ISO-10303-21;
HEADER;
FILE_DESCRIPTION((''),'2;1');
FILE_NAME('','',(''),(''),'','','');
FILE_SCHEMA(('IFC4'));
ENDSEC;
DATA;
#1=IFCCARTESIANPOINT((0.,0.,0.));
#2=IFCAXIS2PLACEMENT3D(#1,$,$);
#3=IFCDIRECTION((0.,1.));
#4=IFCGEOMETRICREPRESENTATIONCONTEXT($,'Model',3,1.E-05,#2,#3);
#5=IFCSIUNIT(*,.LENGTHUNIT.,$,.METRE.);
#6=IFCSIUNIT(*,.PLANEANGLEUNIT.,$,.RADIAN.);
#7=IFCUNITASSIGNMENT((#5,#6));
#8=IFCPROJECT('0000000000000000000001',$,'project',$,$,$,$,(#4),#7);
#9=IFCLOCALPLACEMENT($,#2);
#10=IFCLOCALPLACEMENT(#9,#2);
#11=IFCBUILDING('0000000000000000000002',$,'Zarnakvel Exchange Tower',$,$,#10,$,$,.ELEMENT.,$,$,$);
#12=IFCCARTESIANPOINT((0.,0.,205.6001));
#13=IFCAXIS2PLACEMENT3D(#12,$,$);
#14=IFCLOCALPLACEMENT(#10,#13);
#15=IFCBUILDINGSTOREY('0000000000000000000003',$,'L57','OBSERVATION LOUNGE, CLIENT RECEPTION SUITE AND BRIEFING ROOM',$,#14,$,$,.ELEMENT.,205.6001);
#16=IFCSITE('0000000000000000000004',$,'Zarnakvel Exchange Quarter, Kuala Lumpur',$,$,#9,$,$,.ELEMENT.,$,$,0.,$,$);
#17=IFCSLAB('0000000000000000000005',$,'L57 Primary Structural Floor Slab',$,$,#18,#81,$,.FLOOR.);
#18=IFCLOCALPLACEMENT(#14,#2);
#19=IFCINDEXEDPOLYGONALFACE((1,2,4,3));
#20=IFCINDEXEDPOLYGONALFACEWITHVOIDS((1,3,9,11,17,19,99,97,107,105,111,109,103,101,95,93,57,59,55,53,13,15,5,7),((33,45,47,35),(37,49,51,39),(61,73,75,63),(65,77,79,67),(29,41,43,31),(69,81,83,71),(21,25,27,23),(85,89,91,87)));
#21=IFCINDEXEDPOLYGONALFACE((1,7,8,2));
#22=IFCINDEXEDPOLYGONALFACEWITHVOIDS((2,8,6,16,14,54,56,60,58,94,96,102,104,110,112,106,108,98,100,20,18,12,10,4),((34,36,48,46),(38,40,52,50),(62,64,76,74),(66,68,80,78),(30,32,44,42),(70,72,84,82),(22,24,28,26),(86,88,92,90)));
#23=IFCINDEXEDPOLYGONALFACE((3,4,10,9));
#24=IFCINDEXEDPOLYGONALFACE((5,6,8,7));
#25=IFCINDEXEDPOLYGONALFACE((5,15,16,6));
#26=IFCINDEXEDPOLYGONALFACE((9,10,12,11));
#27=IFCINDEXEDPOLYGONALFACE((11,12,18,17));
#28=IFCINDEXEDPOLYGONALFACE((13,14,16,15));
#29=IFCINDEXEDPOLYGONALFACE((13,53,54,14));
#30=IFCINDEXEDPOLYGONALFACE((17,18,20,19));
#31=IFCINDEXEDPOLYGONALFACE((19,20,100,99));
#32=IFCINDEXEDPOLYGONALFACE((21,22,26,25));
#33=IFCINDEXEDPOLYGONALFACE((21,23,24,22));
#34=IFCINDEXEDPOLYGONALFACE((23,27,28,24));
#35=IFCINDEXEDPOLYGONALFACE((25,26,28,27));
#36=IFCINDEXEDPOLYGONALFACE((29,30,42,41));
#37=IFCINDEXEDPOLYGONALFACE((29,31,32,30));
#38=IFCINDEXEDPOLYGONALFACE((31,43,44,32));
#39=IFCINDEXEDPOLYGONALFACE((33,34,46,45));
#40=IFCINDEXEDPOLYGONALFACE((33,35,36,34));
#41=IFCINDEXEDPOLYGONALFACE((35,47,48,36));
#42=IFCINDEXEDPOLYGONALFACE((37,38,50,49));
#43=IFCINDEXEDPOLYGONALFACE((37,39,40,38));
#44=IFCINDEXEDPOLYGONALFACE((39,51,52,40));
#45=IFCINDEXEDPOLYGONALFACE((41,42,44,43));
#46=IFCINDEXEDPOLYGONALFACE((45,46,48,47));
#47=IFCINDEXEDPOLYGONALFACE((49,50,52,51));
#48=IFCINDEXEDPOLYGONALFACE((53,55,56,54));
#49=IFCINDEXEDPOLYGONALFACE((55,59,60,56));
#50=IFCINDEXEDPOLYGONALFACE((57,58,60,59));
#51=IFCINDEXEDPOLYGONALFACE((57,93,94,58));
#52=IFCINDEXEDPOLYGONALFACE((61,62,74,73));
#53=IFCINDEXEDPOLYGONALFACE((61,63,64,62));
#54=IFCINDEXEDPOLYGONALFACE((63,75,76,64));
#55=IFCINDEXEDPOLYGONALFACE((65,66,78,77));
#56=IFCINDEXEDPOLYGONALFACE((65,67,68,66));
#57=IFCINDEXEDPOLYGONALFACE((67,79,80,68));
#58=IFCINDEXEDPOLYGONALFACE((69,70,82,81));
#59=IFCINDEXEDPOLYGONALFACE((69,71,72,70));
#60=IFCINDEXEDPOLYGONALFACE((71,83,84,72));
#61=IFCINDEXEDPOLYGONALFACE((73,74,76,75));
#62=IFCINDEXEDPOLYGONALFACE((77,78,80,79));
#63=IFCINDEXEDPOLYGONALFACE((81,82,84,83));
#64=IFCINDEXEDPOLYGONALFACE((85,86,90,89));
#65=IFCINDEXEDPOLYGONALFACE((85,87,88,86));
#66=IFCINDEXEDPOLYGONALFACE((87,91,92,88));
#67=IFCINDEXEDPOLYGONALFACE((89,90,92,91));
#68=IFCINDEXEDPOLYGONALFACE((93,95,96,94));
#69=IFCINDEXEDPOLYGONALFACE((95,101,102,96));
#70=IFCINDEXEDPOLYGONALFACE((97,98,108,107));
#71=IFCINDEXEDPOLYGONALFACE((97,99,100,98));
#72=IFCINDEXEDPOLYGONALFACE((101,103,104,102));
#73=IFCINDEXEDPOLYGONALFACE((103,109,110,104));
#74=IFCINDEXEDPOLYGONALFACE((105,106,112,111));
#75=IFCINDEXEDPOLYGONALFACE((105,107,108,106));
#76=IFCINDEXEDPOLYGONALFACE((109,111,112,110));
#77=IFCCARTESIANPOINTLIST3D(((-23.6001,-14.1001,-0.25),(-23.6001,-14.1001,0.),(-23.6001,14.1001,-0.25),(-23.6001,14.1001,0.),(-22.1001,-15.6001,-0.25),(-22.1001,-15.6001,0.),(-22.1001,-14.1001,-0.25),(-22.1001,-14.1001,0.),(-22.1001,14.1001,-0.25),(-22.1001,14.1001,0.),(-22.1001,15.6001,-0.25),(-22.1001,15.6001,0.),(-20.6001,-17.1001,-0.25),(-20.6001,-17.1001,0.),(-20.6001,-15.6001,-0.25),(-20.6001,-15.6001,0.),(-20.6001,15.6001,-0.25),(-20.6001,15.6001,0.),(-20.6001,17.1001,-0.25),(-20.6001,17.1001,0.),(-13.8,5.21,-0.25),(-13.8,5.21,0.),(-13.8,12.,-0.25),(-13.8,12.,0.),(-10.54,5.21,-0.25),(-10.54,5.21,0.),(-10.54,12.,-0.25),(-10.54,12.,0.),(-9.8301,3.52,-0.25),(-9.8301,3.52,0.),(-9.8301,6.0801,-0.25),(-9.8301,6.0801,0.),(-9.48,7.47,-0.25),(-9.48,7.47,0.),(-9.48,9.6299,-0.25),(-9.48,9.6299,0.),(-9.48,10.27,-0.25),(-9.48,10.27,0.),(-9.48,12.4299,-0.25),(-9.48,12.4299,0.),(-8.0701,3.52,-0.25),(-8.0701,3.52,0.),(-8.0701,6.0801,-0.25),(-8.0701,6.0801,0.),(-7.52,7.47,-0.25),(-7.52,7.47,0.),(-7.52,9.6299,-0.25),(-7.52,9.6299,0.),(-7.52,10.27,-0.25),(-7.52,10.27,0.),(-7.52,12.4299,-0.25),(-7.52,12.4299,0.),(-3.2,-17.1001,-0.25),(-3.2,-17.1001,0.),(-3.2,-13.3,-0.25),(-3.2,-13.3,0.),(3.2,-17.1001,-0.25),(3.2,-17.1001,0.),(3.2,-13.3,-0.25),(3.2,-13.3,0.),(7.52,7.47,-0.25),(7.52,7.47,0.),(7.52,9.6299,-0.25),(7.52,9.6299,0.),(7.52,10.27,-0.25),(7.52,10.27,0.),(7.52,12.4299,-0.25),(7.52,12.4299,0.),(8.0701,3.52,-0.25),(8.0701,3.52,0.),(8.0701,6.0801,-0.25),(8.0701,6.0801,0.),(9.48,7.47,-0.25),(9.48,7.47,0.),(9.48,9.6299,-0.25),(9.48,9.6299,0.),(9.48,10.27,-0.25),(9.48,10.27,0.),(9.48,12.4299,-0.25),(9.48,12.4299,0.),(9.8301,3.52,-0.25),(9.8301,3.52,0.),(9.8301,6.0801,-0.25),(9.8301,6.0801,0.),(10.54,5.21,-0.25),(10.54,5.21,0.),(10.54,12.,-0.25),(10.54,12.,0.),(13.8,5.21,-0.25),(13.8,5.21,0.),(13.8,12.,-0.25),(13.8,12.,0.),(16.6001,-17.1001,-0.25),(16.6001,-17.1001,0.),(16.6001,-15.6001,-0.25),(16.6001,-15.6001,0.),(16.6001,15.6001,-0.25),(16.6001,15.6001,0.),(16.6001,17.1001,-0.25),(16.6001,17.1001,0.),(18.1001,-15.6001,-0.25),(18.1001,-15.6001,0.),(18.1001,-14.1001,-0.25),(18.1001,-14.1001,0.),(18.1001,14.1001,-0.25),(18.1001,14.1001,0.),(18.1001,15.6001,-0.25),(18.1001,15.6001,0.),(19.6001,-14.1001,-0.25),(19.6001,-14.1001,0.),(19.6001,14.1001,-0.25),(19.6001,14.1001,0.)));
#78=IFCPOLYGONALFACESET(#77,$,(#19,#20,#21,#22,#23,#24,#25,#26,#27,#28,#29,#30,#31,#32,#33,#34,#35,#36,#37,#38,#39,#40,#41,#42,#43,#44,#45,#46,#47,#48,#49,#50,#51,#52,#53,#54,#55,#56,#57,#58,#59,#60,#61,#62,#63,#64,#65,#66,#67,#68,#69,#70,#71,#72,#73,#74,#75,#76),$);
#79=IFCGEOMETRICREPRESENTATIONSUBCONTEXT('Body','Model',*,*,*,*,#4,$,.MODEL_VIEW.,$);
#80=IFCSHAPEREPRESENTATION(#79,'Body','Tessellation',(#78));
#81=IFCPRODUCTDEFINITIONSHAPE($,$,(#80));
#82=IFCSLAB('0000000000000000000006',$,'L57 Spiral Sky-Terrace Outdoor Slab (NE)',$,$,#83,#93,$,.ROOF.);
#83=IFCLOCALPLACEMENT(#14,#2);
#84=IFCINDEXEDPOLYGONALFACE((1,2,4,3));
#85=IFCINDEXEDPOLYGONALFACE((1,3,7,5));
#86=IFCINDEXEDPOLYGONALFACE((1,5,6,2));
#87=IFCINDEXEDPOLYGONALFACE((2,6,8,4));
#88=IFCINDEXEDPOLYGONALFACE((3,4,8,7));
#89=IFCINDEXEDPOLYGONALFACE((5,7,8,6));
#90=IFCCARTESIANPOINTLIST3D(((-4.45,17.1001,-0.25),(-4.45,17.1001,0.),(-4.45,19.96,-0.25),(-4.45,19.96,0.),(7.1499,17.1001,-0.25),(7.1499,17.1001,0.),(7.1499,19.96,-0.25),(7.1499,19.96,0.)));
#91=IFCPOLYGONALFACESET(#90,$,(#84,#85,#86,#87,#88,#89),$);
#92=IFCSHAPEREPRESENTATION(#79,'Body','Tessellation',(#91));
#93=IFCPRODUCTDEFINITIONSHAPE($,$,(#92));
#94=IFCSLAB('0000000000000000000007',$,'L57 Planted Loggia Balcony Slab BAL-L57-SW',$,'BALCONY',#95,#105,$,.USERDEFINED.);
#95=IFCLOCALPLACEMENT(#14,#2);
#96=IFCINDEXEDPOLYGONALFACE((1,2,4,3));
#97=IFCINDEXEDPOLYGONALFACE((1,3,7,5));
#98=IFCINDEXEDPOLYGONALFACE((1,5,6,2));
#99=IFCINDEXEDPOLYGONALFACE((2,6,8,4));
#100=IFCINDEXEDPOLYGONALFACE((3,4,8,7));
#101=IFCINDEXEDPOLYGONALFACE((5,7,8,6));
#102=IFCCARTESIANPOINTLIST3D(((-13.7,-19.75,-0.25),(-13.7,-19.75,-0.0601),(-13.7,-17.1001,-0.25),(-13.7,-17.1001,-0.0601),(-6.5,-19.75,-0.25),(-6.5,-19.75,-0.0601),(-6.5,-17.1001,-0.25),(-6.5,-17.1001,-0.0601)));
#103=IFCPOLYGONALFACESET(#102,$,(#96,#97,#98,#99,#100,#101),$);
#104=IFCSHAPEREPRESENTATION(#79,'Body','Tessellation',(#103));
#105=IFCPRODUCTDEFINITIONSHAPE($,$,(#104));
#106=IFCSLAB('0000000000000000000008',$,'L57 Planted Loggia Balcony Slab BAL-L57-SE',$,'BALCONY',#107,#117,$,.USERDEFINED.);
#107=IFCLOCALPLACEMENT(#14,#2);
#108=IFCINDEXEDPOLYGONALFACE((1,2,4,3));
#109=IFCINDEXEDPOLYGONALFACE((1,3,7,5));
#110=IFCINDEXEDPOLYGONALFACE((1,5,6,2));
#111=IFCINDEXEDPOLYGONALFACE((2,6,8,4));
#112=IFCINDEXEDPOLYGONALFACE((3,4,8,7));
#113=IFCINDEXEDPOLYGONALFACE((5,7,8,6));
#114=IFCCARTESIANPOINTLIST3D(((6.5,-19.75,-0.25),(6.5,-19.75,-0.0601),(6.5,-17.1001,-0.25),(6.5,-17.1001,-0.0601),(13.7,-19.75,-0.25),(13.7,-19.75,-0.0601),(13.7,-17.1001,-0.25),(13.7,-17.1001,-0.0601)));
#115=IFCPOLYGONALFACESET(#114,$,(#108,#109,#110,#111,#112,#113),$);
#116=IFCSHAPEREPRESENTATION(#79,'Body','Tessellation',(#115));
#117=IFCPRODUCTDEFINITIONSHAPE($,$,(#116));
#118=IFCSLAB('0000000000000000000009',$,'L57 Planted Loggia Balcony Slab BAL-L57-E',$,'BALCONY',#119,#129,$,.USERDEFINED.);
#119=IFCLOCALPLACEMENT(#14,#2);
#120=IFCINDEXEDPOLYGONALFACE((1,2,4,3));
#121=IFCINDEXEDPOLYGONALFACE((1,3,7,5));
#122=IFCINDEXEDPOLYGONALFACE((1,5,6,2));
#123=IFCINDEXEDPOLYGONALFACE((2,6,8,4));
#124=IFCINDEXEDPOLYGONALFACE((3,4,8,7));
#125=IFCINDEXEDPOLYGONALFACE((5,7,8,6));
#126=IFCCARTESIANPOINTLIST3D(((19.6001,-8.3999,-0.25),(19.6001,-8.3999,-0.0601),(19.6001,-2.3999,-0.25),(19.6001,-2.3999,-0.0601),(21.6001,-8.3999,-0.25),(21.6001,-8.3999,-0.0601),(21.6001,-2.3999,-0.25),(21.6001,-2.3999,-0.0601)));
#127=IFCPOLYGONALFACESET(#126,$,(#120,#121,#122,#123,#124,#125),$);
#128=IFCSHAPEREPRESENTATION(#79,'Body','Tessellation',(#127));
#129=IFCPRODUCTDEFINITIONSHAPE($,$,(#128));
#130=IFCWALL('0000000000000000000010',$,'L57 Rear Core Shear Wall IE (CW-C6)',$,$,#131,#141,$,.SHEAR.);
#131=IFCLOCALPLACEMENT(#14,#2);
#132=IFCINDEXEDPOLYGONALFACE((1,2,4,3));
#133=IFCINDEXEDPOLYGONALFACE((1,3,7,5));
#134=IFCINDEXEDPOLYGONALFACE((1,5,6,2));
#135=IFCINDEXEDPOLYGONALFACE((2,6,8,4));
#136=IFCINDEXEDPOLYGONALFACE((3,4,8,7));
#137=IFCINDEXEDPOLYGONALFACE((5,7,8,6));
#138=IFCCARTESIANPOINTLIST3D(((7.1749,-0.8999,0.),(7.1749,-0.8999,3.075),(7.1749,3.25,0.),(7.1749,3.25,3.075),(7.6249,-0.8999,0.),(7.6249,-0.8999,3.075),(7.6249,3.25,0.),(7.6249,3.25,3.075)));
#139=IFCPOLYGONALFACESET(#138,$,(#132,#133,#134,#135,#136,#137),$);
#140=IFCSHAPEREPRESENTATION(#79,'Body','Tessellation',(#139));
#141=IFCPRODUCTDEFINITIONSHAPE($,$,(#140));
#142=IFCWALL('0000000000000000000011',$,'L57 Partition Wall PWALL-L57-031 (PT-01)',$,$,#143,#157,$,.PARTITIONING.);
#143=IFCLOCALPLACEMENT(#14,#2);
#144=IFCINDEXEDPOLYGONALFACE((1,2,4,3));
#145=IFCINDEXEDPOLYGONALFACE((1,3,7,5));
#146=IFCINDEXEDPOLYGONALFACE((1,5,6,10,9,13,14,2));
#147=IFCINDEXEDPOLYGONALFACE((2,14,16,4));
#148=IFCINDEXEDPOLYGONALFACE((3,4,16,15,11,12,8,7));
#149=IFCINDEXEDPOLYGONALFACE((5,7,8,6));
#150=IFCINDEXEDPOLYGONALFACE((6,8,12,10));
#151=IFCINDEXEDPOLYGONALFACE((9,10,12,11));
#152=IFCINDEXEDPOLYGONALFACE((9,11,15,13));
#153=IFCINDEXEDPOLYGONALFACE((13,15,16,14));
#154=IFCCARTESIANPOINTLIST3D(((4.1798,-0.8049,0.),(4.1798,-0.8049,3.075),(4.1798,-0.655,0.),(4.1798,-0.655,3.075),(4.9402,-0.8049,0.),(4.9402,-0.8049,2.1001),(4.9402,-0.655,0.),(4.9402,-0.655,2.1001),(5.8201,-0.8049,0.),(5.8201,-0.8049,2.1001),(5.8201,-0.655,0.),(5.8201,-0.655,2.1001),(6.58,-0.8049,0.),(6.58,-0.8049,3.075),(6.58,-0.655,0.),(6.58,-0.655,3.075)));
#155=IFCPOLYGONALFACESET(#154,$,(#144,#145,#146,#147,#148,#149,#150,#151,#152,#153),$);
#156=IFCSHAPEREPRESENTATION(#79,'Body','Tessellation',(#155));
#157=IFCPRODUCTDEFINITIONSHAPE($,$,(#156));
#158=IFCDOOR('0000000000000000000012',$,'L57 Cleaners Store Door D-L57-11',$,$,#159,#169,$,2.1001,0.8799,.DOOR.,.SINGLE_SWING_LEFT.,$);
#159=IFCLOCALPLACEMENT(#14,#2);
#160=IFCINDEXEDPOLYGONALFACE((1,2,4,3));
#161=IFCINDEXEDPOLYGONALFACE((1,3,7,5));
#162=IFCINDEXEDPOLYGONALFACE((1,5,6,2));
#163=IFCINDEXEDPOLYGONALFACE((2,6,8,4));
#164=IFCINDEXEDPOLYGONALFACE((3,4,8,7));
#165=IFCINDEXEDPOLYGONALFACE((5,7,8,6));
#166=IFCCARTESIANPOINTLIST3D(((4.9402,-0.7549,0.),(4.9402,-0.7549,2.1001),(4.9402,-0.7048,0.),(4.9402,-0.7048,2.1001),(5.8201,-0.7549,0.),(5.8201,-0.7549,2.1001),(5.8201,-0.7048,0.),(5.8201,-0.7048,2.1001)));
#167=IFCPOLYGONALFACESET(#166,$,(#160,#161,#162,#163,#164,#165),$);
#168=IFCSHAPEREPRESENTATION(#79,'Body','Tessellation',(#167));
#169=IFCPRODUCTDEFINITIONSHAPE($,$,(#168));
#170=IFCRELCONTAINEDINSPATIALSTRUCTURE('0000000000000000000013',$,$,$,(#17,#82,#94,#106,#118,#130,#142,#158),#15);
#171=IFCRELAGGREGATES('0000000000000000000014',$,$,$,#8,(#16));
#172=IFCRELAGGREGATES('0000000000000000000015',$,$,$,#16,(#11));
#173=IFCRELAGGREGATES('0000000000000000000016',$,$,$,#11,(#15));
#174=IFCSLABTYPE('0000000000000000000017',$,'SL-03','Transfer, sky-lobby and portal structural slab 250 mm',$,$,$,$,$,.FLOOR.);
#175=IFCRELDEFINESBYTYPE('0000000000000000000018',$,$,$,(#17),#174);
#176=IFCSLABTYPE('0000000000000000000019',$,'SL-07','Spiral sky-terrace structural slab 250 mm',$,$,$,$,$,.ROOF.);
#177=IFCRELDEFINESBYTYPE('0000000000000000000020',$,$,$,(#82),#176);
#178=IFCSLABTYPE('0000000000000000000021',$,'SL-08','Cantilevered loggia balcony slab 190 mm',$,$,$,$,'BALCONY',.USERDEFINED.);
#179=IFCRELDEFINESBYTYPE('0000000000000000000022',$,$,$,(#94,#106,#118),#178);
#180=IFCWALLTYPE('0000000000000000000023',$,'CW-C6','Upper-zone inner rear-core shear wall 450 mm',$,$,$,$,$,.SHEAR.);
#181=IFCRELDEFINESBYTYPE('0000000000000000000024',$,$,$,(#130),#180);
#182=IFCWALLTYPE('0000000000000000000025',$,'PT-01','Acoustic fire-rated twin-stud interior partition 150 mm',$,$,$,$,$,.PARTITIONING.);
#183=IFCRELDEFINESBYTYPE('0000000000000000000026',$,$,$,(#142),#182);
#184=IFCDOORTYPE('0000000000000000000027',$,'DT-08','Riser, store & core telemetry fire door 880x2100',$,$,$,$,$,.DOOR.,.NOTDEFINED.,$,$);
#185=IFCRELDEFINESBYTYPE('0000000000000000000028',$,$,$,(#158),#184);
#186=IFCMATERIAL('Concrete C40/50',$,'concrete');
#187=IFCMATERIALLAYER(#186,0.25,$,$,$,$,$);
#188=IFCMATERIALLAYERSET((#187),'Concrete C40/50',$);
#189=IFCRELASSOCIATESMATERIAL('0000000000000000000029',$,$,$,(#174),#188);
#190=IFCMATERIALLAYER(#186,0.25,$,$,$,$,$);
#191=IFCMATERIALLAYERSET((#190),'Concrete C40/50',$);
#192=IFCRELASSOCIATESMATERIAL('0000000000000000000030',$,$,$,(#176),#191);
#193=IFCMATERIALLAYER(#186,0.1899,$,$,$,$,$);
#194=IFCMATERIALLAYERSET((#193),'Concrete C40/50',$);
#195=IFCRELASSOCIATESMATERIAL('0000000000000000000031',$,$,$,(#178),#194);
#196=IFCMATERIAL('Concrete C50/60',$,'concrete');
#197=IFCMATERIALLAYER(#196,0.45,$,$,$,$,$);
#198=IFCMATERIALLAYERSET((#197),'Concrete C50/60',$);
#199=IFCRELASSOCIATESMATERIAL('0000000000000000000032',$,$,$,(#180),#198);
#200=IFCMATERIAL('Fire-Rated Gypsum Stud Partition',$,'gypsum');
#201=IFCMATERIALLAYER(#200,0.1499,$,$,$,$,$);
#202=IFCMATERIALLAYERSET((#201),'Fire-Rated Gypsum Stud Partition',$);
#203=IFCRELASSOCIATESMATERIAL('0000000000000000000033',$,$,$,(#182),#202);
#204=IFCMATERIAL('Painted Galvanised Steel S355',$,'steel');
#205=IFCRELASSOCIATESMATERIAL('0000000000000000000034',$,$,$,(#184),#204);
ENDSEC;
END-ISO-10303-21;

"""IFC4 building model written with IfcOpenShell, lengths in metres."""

from ifc_helpers import new_model, si_unit, direction, frame, frame_2d, origin, place, context, subcontext, project, spatial, polyline, rectangle, outline, extrude, source, transform, mapped, material, layer, layer_set, type_object, element, fill, save


model = new_model("IFC4")

# Units and contexts
model_context = context("Model", 3, precision=1e-05, world=origin(), true_north=direction((0.0, 1.0)))
body_context = subcontext(model_context, "Body", "Model", "MODEL_VIEW")
ifc_project = project(units=[si_unit("LENGTHUNIT", "METRE"), si_unit("PLANEANGLEUNIT", "RADIAN")], contexts=[model_context])

# Site, building, storey
site_placement = place(None, origin())
site = spatial("IfcSite", under=ifc_project, at=site_placement, Name="Zarnakvel Exchange Quarter, Kuala Lumpur", CompositionType="ELEMENT", RefElevation=0.0)
building_placement = place(site_placement, origin())
building = spatial("IfcBuilding", under=site, at=building_placement, Name="Zarnakvel Exchange Tower", CompositionType="ELEMENT")
storey_placement = place(building_placement, frame((0.0, 0.0, 205.6001)))
storey = spatial("IfcBuildingStorey", under=building, at=storey_placement, Name="L57", Description="OBSERVATION LOUNGE, CLIENT RECEPTION SUITE AND BRIEFING ROOM", CompositionType="ELEMENT", Elevation=205.6001)

# Shared definitions
ifc_material_1 = material(Name="Concrete C50/60", Category="concrete")

# Shared definitions
ifc_material_2 = material(Name="Concrete C40/50", Category="concrete")

# Slabs
ifc_layer_1 = layer(ifc_material_2, 0.25)
ifc_layer_set_1 = layer_set([ifc_layer_1], Name="Concrete C40/50")
slab_type_1 = type_object("IfcSlabType", Name="SL-03", Description="Transfer, sky-lobby and portal structural slab 250 mm", PredefinedType="FLOOR", material=ifc_layer_set_1)
slab_1_placement = place(storey_placement, frame((0.0, 0.0, -0.25)))
element("IfcSlab", 1, at=slab_1_placement, inside=storey, type_object=slab_type_1, Name="L57 Primary Structural Floor Slab", PredefinedType="FLOOR", context=body_context, shape_type="SweptSolid", body=[
    extrude(outline(polyline([(-23.6001, -14.1001), (-22.1001, -14.1001), (-22.1001, -15.6001), (-20.6001, -15.6001), (-20.6001, -17.1001), (-3.2, -17.1001), (-3.2, -13.3), (3.2, -13.3), (3.2, -17.1001), (16.6001, -17.1001), (16.6001, -15.6001), (18.1001, -15.6001), (18.1001, -14.1001), (19.6001, -14.1001), (19.6001, 14.1001), (18.1001, 14.1001), (18.1001, 15.6001), (16.6001, 15.6001), (16.6001, 17.1001), (-20.6001, 17.1001), (-20.6001, 15.6001), (-22.1001, 15.6001), (-22.1001, 14.1001), (-23.6001, 14.1001), (-23.6001, -14.1001)]), holes=[polyline([(-13.8, 5.21), (-10.54, 5.21), (-10.54, 12.0), (-13.8, 12.0), (-13.8, 5.21)]), polyline([(10.54, 5.21), (13.8, 5.21), (13.8, 12.0), (10.54, 12.0), (10.54, 5.21)]), polyline([(-9.8301, 3.52), (-8.0701, 3.52), (-8.0701, 6.0801), (-9.8301, 6.0801), (-9.8301, 3.52)]), polyline([(8.0701, 3.52), (9.8301, 3.52), (9.8301, 6.0801), (8.0701, 6.0801), (8.0701, 3.52)]), polyline([(-9.48, 7.47), (-7.52, 7.47), (-7.52, 9.6299), (-9.48, 9.6299), (-9.48, 7.47)]), polyline([(-9.48, 10.27), (-7.52, 10.27), (-7.52, 12.4299), (-9.48, 12.4299), (-9.48, 10.27)]), polyline([(7.52, 7.47), (9.48, 7.47), (9.48, 9.6299), (7.52, 9.6299), (7.52, 7.47)]), polyline([(7.52, 10.27), (9.48, 10.27), (9.48, 12.4299), (7.52, 12.4299), (7.52, 10.27)])]), origin(), (0.0, 0.0, 1.0), 0.25),
])
ifc_layer_2 = layer(ifc_material_2, 0.25)
ifc_layer_set_2 = layer_set([ifc_layer_2], Name="Concrete C40/50")
slab_type_2 = type_object("IfcSlabType", Name="SL-07", Description="Spiral sky-terrace structural slab 250 mm", PredefinedType="ROOF", material=ifc_layer_set_2)
slab_2_placement = place(storey_placement, frame((0.0, 0.0, -0.25)))
element("IfcSlab", 2, at=slab_2_placement, inside=storey, type_object=slab_type_2, Name="L57 Spiral Sky-Terrace Outdoor Slab (NE)", PredefinedType="ROOF", context=body_context, shape_type="SweptSolid", body=[
    extrude(outline(polyline([(-4.45, 17.1001), (7.1499, 17.1001), (7.1499, 19.96), (-4.45, 19.96), (-4.45, 17.1001)])), origin(), (0.0, 0.0, 1.0), 0.25),
])
ifc_layer_3 = layer(ifc_material_2, 0.1899)
ifc_layer_set_3 = layer_set([ifc_layer_3], Name="Concrete C40/50")
slab_type_3 = type_object("IfcSlabType", Name="SL-08", Description="Cantilevered loggia balcony slab 190 mm", ElementType="BALCONY", PredefinedType="USERDEFINED", material=ifc_layer_set_3)
slab_3_placement = place(storey_placement, frame((0.0, 0.0, -0.25)))
element("IfcSlab", 3, at=slab_3_placement, inside=storey, type_object=slab_type_3, Name="L57 Planted Loggia Balcony Slab BAL-L57-SW", ObjectType="BALCONY", PredefinedType="USERDEFINED", context=body_context, shape_type="SweptSolid", body=[
    extrude(outline(polyline([(-13.7, -19.75), (-6.5, -19.75), (-6.5, -17.1001), (-13.7, -17.1001), (-13.7, -19.75)])), origin(), (0.0, 0.0, 1.0), 0.1899),
])
slab_4_placement = place(storey_placement, frame((0.0, 0.0, -0.25)))
element("IfcSlab", 4, at=slab_4_placement, inside=storey, type_object=slab_type_3, Name="L57 Planted Loggia Balcony Slab BAL-L57-SE", ObjectType="BALCONY", PredefinedType="USERDEFINED", context=body_context, shape_type="SweptSolid", body=[
    extrude(outline(polyline([(6.5, -19.75), (13.7, -19.75), (13.7, -17.1001), (6.5, -17.1001), (6.5, -19.75)])), origin(), (0.0, 0.0, 1.0), 0.1899),
])
slab_5_placement = place(storey_placement, frame((0.0, 0.0, -0.25)))
element("IfcSlab", 5, at=slab_5_placement, inside=storey, type_object=slab_type_3, Name="L57 Planted Loggia Balcony Slab BAL-L57-E", ObjectType="BALCONY", PredefinedType="USERDEFINED", context=body_context, shape_type="SweptSolid", body=[
    extrude(outline(polyline([(19.6001, -8.3999), (21.6001, -8.3999), (21.6001, -2.3999), (19.6001, -2.3999), (19.6001, -8.3999)])), origin(), (0.0, 0.0, 1.0), 0.1899),
])

# Wall
ifc_layer_4 = layer(ifc_material_1, 0.45)
ifc_layer_set_4 = layer_set([ifc_layer_4], Name="Concrete C50/60")
wall_type_1 = type_object("IfcWallType", Name="CW-C6", Description="Upper-zone inner rear-core shear wall 450 mm", PredefinedType="SHEAR", material=ifc_layer_set_4)
wall_1_placement = place(storey_placement, frame((7.3999, -0.8999, 0.0), z_axis=(0.0, 0.0, 1.0), x_axis=(0.0, 1.0, 0.0)))
element("IfcWall", 6, at=wall_1_placement, inside=storey, type_object=wall_type_1, Name="L57 Rear Core Shear Wall IE (CW-C6)", PredefinedType="SHEAR", context=body_context, shape_type="SweptSolid", body=[
    extrude(rectangle(XDim=4.1499, YDim=0.45, at=frame_2d((2.075, 0.0))), origin(), (0.0, 0.0, 1.0), 3.075),
])

# Wall, opening, door
ifc_material_3 = material(Name="Fire-Rated Gypsum Stud Partition", Category="gypsum")
ifc_layer_5 = layer(ifc_material_3, 0.1499)
ifc_layer_set_5 = layer_set([ifc_layer_5], Name="Fire-Rated Gypsum Stud Partition")
wall_type_2 = type_object("IfcWallType", Name="PT-01", Description="Acoustic fire-rated twin-stud interior partition 150 mm", PredefinedType="PARTITIONING", material=ifc_layer_set_5)
wall_2_placement = place(storey_placement, frame((6.5801, -0.73, 0.0), z_axis=(0.0, 0.0, 1.0), x_axis=(-1.0, 0.0, 0.0)))
wall_2 = element("IfcWall", 7, at=wall_2_placement, inside=storey, type_object=wall_type_2, Name="L57 Partition Wall PWALL-L57-031 (PT-01)", PredefinedType="PARTITIONING", context=body_context, shape_type="SweptSolid", body=[
    extrude(rectangle(XDim=2.4001, YDim=0.1499, at=frame_2d((1.2002, 0.0))), origin(), (0.0, 0.0, 1.0), 3.075),
])
opening_1_placement = place(wall_2_placement, frame((0.76, 0.0, 0.0)))
opening_1 = element("IfcOpeningElement", 8, at=opening_1_placement, cuts=wall_2, PredefinedType="OPENING", context=body_context, shape_type="SweptSolid", body=[
    extrude(rectangle(XDim=0.8799, YDim=2.1001, at=frame_2d((0.4399, 1.05))), frame((0.0, 0.085, 0.0), z_axis=(0.0, -1.0, 0.0), x_axis=(1.0, 0.0, 0.0)), (0.0, 0.0, 1.0), 0.1699),
])
ifc_material_4 = material(Name="Painted Galvanised Steel S355", Category="steel")
door_type_1 = type_object("IfcDoorType", Name="DT-08", Description="Riser, store & core telemetry fire door 880x2100", OperationType="NOTDEFINED", PredefinedType="DOOR", material=ifc_material_4)
shared_shape_1 = source(origin(), body_context, "Body", "SweptSolid", [
    extrude(rectangle(XDim=0.8799, YDim=2.1001, at=frame_2d((0.4399, 1.05))), frame((0.0, 0.0249, 0.0), z_axis=(0.0, -1.0, 0.0), x_axis=(1.0, 0.0, 0.0)), (0.0, 0.0, 1.0), 0.05),
])
door_1_placement = place(opening_1_placement, origin())
door_1 = element("IfcDoor", 9, at=door_1_placement, inside=storey, type_object=door_type_1, Name="L57 Cleaners Store Door D-L57-11", OperationType="SINGLE_SWING_LEFT", OverallHeight=2.1001, OverallWidth=0.8799, PredefinedType="DOOR", context=body_context, shape_type="MappedRepresentation", body=[
    mapped(shared_shape_1, transform((0.0, 0.0, 0.0), x_axis=(1.0, 0.0, 0.0), y_axis=(0.0, 1.0, 0.0), z_axis=(0.0, 0.0, 1.0), scale=1.0)),
])
fill(opening_1, door_1)

save(model, "model.ifc")
